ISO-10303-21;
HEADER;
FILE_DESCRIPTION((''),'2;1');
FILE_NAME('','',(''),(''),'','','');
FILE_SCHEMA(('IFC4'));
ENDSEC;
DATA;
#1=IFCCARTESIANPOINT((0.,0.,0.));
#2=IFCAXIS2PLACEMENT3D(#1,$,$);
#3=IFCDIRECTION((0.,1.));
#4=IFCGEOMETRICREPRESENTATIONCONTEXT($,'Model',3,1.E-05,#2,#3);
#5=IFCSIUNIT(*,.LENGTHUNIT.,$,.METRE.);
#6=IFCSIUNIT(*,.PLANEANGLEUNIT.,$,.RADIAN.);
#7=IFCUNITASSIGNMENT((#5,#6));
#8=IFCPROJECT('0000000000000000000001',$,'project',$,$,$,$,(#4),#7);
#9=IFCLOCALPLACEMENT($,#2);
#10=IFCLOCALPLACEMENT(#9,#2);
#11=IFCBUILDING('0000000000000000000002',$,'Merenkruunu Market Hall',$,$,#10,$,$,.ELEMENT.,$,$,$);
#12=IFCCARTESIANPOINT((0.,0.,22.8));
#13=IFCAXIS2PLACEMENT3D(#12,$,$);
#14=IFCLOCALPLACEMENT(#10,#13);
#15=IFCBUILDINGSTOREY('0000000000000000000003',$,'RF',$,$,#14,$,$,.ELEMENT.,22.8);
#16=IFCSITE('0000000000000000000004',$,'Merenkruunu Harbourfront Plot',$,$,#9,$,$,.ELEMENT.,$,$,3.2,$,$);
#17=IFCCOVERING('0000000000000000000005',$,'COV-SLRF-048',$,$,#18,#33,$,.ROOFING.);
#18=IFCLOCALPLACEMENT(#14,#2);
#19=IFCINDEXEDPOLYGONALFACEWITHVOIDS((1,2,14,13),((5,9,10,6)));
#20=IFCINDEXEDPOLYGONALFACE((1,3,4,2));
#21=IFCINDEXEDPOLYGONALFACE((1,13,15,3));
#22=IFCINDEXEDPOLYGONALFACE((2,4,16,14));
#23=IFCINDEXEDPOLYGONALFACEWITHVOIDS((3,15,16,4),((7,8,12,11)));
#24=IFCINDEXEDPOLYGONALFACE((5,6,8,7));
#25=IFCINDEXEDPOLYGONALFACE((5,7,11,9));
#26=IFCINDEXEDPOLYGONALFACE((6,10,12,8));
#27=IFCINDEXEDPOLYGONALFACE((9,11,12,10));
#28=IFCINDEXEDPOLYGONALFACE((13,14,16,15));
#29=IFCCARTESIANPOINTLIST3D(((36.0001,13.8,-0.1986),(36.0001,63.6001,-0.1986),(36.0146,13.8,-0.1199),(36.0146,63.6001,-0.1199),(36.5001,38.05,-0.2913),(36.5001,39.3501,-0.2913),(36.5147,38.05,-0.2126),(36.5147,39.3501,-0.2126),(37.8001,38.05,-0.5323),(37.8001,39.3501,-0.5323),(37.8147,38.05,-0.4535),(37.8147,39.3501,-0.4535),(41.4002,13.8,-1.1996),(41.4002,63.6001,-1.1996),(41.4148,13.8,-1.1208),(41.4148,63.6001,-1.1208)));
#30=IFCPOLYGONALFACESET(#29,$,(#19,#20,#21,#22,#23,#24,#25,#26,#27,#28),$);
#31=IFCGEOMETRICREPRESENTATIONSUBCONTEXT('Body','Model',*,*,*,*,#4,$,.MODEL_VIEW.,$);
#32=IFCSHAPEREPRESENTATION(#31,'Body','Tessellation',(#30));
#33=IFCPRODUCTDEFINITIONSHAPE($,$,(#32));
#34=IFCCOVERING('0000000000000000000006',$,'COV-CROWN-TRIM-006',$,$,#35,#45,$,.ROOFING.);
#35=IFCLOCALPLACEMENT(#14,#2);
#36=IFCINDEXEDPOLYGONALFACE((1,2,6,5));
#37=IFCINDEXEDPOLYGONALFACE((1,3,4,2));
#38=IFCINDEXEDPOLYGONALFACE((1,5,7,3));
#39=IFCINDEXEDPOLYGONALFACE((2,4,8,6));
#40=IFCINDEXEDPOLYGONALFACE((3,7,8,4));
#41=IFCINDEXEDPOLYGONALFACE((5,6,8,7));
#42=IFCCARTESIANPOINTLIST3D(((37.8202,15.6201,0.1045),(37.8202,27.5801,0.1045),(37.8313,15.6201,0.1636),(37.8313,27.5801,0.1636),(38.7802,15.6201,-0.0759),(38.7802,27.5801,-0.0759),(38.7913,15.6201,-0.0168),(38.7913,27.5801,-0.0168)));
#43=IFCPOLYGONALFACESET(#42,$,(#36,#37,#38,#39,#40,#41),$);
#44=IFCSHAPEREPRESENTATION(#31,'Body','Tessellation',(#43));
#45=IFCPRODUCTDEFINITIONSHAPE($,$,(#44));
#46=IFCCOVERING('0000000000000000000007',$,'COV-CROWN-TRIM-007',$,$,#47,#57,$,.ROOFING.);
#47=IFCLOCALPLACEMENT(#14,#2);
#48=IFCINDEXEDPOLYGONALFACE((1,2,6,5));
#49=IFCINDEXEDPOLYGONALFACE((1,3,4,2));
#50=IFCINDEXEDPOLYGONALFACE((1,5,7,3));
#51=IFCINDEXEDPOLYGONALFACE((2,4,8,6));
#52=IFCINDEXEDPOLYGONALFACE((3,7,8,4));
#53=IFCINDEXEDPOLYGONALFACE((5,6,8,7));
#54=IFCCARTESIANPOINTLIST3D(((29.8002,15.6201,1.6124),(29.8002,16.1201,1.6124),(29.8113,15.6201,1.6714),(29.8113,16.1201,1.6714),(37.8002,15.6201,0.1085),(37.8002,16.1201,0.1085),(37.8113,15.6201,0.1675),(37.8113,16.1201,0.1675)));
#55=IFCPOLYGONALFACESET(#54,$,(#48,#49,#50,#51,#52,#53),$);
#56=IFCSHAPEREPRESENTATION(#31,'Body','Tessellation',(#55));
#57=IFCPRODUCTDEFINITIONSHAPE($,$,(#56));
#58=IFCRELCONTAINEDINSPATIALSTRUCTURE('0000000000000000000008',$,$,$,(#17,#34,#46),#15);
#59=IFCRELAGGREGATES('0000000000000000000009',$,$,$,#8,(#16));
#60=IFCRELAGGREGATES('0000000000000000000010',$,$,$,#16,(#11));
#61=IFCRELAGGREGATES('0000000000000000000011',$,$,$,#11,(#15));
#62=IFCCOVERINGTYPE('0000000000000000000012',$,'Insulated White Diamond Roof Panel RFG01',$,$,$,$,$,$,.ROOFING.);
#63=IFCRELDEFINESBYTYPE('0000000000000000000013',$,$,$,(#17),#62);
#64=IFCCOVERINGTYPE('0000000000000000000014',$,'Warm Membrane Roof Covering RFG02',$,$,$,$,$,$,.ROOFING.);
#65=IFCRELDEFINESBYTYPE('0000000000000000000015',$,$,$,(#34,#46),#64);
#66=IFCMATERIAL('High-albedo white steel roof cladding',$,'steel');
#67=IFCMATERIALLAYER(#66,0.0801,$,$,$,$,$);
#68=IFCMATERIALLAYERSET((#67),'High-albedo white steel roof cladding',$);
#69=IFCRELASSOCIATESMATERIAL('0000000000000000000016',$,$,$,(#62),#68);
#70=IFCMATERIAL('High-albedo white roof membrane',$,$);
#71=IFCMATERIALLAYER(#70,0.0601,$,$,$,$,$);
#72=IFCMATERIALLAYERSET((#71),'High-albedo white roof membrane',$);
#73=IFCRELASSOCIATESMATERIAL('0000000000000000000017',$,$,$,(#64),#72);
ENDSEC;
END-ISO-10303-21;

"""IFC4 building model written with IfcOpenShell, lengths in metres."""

from ifc_helpers import new_model, si_unit, direction, frame, origin, place, context, subcontext, project, spatial, polyline, outline, extrude, material, layer, layer_set, type_object, element, save


model = new_model("IFC4")

# Units and contexts
model_context = context("Model", 3, precision=1e-05, world=origin(), true_north=direction((0.0, 1.0)))
body_context = subcontext(model_context, "Body", "Model", "MODEL_VIEW")
ifc_project = project(units=[si_unit("LENGTHUNIT", "METRE"), si_unit("PLANEANGLEUNIT", "RADIAN")], contexts=[model_context])

# Site, building, storey
site_placement = place(None, origin())
site = spatial("IfcSite", under=ifc_project, at=site_placement, Name="Merenkruunu Harbourfront Plot", CompositionType="ELEMENT", RefElevation=3.2)
building_placement = place(site_placement, origin())
building = spatial("IfcBuilding", under=site, at=building_placement, Name="Merenkruunu Market Hall", CompositionType="ELEMENT")
storey_placement = place(building_placement, frame((0.0, 0.0, 22.8)))
storey = spatial("IfcBuildingStorey", under=building, at=storey_placement, Name="RF", CompositionType="ELEMENT", Elevation=22.8)

# Coverings
ifc_material_1 = material(Name="High-albedo white steel roof cladding", Category="steel")
ifc_layer_1 = layer(ifc_material_1, 0.0801)
ifc_layer_set_1 = layer_set([ifc_layer_1], Name="High-albedo white steel roof cladding")
covering_type_1 = type_object("IfcCoveringType", Name="Insulated White Diamond Roof Panel RFG01", PredefinedType="ROOFING", material=ifc_layer_set_1)
covering_1_placement = place(storey_placement, frame((36.0146, 13.8, -0.1199), z_axis=(0.182256, 0.0, 0.983251), x_axis=(0.983251, 0.0, -0.182256)))
element("IfcCovering", 1, at=covering_1_placement, inside=storey, type_object=covering_type_1, Name="COV-SLRF-048", PredefinedType="ROOFING", context=body_context, shape_type="SweptSolid", body=[
    extrude(outline(polyline([(0.0, 0.0), (5.4921, 0.0), (5.4921, 49.8), (0.0, 49.8), (0.0, 0.0)]), holes=[polyline([(0.5085, 24.25), (1.8307, 24.25), (1.8307, 25.55), (0.5085, 25.55), (0.5085, 24.25)])]), origin(), (0.0, 0.0, -1.0), 0.0801),
])
ifc_material_2 = material(Name="High-albedo white roof membrane")
ifc_layer_2 = layer(ifc_material_2, 0.0601)
ifc_layer_set_2 = layer_set([ifc_layer_2], Name="High-albedo white roof membrane")
covering_type_2 = type_object("IfcCoveringType", Name="Warm Membrane Roof Covering RFG02", PredefinedType="ROOFING", material=ifc_layer_set_2)
covering_2_placement = place(storey_placement, frame((37.8313, 15.6201, 0.1636), z_axis=(0.184711, 0.0, 0.982793), x_axis=(0.982793, 0.0, -0.184711)))
element("IfcCovering", 2, at=covering_2_placement, inside=storey, type_object=covering_type_2, Name="COV-CROWN-TRIM-006", PredefinedType="ROOFING", context=body_context, shape_type="SweptSolid", body=[
    extrude(outline(polyline([(0.0, 0.0), (0.9768, 0.0), (0.9768, 11.96), (0.0, 11.96), (0.0, 0.0)])), origin(), (0.0, 0.0, -1.0), 0.0601),
])
covering_3_placement = place(storey_placement, frame((29.8113, 15.6201, 1.6714), z_axis=(0.184752, 0.0, 0.982785), x_axis=(0.982785, 0.0, -0.184752)))
element("IfcCovering", 3, at=covering_3_placement, inside=storey, type_object=covering_type_2, Name="COV-CROWN-TRIM-007", PredefinedType="ROOFING", context=body_context, shape_type="SweptSolid", body=[
    extrude(outline(polyline([(0.0, 0.0), (8.1401, 0.0), (8.1401, 0.5), (0.0, 0.5), (0.0, 0.0)])), origin(), (0.0, 0.0, -1.0), 0.0601),
])

save(model, "model.ifc")
